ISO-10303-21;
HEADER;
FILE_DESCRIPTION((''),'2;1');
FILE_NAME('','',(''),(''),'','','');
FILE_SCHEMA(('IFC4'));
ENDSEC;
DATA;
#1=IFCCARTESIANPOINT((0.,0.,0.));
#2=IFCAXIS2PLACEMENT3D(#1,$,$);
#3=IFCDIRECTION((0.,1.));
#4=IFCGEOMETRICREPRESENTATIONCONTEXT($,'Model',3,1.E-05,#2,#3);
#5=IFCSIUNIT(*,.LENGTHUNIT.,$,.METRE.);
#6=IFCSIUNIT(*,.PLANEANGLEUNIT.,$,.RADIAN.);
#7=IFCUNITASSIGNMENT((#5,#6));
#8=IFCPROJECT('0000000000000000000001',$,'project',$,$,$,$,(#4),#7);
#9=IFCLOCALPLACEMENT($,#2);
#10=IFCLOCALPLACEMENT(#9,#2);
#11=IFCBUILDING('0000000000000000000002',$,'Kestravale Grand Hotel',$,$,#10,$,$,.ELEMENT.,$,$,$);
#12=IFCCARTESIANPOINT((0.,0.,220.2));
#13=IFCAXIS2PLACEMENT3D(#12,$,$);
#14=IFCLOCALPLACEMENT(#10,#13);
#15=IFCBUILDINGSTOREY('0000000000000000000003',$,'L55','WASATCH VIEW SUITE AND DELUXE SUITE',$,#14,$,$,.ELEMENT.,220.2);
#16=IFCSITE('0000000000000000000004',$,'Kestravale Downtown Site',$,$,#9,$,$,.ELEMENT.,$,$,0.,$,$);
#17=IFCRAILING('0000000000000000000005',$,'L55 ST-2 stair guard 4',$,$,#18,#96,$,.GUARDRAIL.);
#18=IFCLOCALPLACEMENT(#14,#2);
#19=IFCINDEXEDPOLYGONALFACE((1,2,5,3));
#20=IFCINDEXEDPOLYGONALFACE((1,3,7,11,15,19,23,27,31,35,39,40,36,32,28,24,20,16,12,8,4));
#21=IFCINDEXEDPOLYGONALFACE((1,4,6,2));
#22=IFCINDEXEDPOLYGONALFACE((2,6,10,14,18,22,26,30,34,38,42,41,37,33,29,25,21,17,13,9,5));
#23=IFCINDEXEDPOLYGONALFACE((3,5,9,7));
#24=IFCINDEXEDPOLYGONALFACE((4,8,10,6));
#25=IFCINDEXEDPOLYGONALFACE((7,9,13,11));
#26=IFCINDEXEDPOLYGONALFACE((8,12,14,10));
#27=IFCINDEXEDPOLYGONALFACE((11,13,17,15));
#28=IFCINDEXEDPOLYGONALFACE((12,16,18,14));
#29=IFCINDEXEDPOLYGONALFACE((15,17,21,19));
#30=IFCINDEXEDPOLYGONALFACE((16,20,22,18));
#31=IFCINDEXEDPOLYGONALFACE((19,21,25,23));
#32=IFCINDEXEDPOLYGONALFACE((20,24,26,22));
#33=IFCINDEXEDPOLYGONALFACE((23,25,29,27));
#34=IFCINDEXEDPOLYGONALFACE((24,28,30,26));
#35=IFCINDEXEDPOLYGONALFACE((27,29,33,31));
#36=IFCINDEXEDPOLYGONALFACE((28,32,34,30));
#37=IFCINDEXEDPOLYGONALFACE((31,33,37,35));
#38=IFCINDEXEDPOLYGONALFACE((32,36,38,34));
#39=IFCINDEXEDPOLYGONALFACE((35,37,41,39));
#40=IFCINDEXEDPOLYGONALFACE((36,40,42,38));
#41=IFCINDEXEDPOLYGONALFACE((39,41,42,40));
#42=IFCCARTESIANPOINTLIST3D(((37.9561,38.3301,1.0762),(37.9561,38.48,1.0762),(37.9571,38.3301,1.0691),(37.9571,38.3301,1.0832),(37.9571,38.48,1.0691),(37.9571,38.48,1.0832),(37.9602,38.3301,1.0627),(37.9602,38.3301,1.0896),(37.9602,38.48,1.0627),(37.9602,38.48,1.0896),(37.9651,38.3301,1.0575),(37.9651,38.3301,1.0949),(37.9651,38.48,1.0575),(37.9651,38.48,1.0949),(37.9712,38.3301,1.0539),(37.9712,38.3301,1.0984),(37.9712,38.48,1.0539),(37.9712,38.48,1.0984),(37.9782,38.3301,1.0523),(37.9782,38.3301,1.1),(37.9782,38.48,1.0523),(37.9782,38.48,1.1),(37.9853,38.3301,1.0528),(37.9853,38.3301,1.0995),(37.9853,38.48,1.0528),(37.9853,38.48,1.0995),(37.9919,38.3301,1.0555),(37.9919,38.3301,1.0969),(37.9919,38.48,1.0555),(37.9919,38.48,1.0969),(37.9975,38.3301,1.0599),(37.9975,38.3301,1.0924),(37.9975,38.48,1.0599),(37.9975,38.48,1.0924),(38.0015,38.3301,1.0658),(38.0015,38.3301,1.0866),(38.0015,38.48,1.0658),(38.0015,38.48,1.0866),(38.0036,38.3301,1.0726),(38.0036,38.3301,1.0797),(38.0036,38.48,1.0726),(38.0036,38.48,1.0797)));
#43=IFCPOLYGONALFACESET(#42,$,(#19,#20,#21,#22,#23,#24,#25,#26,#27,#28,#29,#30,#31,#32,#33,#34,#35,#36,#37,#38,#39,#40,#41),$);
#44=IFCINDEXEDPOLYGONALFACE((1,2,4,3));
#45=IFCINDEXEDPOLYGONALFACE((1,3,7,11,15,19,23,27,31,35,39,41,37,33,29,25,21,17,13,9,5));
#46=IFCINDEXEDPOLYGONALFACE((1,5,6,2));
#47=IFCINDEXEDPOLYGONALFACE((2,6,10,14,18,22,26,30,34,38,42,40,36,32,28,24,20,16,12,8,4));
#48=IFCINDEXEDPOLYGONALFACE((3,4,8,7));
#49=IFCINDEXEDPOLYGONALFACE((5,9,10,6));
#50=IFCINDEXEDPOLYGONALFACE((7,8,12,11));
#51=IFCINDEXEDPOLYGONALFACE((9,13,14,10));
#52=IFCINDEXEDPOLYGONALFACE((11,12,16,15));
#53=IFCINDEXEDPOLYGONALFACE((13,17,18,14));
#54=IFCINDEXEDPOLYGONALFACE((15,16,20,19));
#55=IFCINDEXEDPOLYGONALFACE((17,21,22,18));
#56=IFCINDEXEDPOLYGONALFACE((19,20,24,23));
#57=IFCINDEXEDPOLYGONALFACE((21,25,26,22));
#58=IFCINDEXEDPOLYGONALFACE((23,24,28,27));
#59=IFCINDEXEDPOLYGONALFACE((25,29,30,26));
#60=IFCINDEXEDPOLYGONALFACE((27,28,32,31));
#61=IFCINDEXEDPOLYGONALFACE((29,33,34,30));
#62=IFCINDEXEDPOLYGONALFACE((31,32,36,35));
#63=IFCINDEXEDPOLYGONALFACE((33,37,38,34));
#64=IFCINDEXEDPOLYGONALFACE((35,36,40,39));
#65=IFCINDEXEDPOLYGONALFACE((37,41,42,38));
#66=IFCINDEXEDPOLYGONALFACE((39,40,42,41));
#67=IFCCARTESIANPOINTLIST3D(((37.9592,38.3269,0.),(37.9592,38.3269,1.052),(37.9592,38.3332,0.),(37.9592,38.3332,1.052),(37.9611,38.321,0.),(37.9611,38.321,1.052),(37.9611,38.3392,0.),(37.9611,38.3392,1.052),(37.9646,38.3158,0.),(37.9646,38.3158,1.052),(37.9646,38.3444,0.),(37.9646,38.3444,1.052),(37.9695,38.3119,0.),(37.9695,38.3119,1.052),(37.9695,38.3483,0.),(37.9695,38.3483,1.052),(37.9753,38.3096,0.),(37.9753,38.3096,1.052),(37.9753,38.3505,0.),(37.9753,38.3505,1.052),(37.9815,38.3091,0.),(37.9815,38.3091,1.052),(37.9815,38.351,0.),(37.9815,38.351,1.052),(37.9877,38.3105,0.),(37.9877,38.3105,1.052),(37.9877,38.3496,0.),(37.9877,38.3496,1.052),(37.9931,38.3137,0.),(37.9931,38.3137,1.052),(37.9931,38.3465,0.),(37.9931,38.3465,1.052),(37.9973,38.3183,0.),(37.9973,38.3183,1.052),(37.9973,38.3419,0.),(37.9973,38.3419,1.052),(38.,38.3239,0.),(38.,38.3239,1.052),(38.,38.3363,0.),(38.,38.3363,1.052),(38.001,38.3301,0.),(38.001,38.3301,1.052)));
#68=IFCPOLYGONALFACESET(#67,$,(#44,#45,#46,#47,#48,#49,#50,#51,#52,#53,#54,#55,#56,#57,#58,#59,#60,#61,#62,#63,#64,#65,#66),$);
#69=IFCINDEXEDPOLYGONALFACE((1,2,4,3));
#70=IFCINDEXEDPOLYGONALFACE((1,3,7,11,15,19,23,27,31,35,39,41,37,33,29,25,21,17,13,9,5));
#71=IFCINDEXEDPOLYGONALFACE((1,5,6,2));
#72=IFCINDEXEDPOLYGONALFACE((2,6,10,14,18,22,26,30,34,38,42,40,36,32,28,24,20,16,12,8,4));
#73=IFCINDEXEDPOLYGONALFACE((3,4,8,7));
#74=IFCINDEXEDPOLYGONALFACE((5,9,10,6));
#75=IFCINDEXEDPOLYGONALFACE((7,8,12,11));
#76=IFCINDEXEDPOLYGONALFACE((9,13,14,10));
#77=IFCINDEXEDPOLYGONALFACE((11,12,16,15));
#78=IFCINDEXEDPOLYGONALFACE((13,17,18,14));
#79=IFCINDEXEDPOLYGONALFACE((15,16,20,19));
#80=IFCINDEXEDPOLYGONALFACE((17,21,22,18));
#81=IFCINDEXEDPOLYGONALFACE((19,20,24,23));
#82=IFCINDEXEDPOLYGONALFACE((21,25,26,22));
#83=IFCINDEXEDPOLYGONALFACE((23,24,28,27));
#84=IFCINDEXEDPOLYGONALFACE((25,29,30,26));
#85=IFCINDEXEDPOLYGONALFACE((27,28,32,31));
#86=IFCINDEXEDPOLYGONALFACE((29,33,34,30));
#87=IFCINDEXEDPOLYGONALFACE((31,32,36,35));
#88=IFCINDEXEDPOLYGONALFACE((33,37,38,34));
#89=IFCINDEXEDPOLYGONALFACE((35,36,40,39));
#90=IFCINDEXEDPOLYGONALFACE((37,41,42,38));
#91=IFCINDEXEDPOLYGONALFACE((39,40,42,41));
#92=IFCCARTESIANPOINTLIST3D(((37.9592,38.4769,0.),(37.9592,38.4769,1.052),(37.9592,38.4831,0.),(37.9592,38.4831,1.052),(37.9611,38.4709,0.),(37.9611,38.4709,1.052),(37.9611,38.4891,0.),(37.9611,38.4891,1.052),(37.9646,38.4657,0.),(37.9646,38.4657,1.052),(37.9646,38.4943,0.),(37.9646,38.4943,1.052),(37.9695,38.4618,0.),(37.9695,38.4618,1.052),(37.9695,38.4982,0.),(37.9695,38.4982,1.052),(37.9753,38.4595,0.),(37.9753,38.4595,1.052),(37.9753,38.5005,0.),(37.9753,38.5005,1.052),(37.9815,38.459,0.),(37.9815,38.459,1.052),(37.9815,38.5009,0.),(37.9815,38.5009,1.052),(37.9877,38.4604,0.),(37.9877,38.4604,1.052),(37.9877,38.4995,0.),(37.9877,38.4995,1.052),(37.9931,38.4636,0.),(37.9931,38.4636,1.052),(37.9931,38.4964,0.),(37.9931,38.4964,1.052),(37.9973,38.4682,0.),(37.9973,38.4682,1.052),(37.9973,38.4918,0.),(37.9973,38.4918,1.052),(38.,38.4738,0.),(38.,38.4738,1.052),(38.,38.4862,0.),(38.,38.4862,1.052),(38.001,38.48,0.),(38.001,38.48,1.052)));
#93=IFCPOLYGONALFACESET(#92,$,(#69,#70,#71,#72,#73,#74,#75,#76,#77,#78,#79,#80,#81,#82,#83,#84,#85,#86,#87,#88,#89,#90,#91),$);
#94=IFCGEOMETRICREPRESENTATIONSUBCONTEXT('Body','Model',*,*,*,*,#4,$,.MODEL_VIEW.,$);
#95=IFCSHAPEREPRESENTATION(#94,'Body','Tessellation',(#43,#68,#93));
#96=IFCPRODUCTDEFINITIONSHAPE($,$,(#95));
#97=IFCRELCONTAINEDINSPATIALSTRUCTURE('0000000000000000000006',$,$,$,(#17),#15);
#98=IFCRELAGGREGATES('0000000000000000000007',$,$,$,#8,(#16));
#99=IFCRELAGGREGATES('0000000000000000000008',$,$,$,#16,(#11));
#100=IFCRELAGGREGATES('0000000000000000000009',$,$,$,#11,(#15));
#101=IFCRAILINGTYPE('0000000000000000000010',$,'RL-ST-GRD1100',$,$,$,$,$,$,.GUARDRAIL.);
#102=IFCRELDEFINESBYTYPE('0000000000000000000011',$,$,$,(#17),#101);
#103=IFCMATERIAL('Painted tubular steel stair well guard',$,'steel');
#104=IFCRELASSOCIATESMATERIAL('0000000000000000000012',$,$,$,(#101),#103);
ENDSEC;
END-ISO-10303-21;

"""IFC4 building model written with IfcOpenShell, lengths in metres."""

from ifc_helpers import new_model, si_unit, direction, frame, origin, origin_2d, place, context, subcontext, project, spatial, circle, extrude, material, type_object, element, save


model = new_model("IFC4")

# Units and contexts
model_context = context("Model", 3, precision=1e-05, world=origin(), true_north=direction((0.0, 1.0)))
body_context = subcontext(model_context, "Body", "Model", "MODEL_VIEW")
ifc_project = project(units=[si_unit("LENGTHUNIT", "METRE"), si_unit("PLANEANGLEUNIT", "RADIAN")], contexts=[model_context])

# Site, building, storey
site_placement = place(None, origin())
site = spatial("IfcSite", under=ifc_project, at=site_placement, Name="Kestravale Downtown Site", CompositionType="ELEMENT", RefElevation=0.0)
building_placement = place(site_placement, origin())
building = spatial("IfcBuilding", under=site, at=building_placement, Name="Kestravale Grand Hotel", CompositionType="ELEMENT")
storey_placement = place(building_placement, frame((0.0, 0.0, 220.2)))
storey = spatial("IfcBuildingStorey", under=building, at=storey_placement, Name="L55", Description="WASATCH VIEW SUITE AND DELUXE SUITE", CompositionType="ELEMENT", Elevation=220.2)

# Railing
ifc_material_1 = material(Name="Painted tubular steel stair well guard", Category="steel")
railing_type_1 = type_object("IfcRailingType", Name="RL-ST-GRD1100", PredefinedType="GUARDRAIL", material=ifc_material_1)
railing_1_placement = place(storey_placement, frame((37.98, 38.3301, 0.0)))
element("IfcRailing", 1, at=railing_1_placement, inside=storey, type_object=railing_type_1, Name="L55 ST-2 stair guard 4", PredefinedType="GUARDRAIL", context=body_context, shape_type="SweptSolid", body=[
    extrude(circle(Radius=0.0239, at=origin_2d()), frame((0.0, 0.0, 1.0762), z_axis=(0.0, 1.0, 0.0), x_axis=(-1.0, 0.0, 0.0)), (0.0, 0.0, 1.0), 0.1499),
    extrude(circle(Radius=0.021, at=origin_2d()), origin(), (0.0, 0.0, 1.0), 1.052),
    extrude(circle(Radius=0.021, at=origin_2d()), frame((0.0, 0.1499, 0.0)), (0.0, 0.0, 1.0), 1.052),
])

save(model, "model.ifc")
